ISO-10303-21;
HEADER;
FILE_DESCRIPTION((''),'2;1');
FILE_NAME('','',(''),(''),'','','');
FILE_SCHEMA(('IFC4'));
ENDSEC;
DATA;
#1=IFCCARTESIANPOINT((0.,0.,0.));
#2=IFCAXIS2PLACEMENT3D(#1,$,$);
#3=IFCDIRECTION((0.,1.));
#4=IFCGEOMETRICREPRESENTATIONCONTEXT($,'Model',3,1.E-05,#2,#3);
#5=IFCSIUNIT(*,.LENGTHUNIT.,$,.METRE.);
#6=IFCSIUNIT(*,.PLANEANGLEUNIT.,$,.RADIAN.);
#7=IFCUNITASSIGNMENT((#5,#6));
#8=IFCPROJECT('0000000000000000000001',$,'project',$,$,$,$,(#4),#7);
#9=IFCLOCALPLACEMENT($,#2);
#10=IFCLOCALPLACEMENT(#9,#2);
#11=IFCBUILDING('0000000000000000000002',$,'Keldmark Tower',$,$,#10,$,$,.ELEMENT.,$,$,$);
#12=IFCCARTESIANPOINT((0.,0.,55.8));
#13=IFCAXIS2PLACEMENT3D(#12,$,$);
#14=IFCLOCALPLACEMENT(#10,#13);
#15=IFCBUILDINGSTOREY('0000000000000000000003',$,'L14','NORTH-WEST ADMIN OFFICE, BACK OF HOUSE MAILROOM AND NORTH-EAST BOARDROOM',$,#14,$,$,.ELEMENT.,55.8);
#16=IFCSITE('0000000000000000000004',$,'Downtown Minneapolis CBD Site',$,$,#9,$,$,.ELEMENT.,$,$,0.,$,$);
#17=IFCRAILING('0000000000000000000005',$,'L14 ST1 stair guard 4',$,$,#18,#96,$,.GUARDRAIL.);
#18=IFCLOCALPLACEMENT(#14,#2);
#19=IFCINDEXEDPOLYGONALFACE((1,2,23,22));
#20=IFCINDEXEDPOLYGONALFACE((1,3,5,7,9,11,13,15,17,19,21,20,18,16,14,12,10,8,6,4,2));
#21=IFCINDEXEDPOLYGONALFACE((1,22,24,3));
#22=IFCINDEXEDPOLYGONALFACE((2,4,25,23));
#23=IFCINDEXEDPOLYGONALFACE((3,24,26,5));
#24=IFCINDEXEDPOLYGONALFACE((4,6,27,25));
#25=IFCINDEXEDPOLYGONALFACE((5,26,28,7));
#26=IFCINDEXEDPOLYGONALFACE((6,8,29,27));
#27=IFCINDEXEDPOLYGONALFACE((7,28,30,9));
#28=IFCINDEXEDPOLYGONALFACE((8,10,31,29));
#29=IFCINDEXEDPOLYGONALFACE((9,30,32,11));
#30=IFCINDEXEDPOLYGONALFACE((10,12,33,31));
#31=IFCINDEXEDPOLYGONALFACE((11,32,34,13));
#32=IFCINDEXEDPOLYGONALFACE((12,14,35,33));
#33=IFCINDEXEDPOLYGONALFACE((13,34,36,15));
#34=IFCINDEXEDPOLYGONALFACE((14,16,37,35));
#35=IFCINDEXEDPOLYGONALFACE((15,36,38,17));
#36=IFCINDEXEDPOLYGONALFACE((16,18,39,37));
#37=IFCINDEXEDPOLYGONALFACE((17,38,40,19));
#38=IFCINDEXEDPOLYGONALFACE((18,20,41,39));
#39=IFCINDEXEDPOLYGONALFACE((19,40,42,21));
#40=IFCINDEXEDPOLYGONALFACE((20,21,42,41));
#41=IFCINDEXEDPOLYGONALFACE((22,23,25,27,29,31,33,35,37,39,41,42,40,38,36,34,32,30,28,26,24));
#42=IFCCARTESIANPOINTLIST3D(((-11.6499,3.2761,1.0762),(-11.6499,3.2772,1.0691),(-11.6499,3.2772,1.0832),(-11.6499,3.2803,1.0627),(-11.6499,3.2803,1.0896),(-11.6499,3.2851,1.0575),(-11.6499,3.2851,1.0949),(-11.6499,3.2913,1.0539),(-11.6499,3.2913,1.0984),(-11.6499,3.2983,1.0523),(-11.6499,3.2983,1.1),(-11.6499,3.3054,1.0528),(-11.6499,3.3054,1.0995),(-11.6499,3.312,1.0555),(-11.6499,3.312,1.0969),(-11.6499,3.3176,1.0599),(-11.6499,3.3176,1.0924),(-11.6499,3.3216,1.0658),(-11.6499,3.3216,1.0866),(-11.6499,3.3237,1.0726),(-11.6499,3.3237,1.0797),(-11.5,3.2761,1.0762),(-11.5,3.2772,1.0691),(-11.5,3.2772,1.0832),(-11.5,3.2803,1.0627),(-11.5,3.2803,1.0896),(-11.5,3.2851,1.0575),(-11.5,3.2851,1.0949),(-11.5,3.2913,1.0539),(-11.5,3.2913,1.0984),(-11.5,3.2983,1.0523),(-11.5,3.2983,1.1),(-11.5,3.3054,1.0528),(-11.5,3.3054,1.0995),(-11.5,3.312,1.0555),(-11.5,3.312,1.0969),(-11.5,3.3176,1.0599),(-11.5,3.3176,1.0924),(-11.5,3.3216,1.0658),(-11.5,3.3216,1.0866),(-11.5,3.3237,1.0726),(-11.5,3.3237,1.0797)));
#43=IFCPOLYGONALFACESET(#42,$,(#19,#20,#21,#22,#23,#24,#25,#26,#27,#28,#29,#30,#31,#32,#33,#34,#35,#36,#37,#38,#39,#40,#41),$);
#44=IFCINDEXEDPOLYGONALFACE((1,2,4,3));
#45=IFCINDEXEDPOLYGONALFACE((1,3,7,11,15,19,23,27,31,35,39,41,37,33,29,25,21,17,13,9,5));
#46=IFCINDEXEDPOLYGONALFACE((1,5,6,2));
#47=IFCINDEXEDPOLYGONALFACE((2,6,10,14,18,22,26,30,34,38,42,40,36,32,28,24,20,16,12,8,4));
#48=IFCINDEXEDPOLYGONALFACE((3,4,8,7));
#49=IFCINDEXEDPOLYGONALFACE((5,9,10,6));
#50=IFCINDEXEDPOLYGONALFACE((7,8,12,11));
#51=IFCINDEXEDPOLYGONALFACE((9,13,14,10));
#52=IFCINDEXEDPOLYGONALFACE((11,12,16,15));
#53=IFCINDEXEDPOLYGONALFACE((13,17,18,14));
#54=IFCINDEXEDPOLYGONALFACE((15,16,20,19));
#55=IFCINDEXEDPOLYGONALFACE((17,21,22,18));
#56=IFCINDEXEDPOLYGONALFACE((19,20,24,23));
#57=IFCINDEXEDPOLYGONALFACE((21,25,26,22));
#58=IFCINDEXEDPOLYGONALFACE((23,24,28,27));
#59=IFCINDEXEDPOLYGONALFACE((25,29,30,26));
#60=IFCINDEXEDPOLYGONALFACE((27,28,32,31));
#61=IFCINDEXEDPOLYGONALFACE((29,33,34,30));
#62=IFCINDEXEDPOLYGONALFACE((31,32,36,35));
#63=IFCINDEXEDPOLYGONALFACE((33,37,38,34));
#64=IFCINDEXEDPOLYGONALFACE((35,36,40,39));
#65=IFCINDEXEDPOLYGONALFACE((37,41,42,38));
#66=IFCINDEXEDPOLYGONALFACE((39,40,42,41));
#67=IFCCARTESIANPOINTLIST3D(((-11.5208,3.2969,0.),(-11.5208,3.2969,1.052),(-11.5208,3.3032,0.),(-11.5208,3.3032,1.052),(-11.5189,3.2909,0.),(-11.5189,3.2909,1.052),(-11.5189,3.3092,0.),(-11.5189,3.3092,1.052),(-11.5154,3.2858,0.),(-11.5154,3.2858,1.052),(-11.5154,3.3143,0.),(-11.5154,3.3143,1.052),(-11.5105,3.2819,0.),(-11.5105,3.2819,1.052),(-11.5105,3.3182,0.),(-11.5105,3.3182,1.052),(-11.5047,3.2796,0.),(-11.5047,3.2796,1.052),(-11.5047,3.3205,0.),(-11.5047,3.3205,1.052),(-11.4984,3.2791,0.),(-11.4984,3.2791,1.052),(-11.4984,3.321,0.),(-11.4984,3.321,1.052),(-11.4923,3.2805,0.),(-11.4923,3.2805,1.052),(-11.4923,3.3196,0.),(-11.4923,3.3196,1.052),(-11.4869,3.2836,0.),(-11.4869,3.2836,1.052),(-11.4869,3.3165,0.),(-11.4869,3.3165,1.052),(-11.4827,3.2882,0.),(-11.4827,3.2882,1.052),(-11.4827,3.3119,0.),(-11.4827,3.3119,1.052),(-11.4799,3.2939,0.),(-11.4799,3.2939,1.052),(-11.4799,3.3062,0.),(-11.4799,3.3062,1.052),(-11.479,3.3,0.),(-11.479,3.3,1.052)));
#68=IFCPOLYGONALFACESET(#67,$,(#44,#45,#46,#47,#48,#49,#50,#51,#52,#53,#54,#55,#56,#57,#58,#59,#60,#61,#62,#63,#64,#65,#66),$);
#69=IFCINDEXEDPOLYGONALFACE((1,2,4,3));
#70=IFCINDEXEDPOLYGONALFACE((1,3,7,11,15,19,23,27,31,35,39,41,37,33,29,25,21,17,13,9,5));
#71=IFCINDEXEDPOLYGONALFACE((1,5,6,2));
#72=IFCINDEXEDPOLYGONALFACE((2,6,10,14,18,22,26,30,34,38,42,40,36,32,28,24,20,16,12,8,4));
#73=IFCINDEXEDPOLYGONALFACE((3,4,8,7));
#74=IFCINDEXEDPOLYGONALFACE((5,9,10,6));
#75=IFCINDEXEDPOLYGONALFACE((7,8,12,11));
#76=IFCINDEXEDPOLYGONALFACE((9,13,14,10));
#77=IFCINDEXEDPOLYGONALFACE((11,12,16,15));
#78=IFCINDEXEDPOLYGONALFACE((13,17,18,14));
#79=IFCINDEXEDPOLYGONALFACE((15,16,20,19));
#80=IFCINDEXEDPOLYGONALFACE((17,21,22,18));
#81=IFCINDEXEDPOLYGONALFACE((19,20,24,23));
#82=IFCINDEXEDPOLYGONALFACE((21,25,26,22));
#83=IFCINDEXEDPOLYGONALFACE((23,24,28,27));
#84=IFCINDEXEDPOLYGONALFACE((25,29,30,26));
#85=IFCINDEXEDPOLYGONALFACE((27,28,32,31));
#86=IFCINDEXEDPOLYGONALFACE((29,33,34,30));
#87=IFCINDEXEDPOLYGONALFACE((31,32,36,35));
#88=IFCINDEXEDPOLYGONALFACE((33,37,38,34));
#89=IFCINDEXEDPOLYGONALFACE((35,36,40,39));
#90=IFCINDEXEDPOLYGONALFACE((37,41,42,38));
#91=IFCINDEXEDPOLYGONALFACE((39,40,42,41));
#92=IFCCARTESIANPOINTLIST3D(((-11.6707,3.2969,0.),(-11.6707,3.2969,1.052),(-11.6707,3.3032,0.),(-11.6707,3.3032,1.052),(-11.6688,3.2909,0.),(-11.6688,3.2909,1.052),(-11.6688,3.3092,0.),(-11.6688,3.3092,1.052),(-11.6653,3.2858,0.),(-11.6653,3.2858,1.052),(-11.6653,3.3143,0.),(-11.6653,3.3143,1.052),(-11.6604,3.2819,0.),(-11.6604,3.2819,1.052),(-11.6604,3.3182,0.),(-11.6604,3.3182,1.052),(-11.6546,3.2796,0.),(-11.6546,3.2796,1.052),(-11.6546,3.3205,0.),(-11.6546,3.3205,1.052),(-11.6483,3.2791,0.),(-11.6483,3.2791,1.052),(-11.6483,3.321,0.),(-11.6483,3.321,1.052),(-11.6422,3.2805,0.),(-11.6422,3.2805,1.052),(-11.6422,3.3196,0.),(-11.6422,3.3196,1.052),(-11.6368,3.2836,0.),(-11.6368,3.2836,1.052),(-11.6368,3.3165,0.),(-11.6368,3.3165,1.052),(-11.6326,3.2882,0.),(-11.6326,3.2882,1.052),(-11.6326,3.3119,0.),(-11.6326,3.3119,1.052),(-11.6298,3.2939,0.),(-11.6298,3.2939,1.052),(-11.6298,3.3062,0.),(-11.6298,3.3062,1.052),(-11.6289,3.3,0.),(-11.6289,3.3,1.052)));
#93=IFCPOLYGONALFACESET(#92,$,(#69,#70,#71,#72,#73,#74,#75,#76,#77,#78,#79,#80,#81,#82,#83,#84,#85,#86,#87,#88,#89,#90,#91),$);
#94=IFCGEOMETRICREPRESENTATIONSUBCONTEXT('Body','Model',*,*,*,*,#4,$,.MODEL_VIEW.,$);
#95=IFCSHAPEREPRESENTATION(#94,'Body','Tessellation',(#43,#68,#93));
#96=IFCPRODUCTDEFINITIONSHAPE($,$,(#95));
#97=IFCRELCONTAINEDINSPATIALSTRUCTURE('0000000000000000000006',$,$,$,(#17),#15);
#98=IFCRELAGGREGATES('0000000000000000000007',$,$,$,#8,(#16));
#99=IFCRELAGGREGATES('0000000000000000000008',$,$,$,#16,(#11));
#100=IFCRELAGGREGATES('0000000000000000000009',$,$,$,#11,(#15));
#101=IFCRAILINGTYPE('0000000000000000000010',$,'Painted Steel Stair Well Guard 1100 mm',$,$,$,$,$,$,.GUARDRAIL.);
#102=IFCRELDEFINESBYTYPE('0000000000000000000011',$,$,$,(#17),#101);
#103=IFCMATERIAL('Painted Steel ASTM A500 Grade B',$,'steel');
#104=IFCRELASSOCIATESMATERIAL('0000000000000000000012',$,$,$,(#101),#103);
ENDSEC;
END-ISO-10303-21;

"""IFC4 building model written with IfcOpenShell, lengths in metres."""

from ifc_helpers import new_model, si_unit, direction, frame, origin, origin_2d, place, context, subcontext, project, spatial, circle, extrude, material, type_object, element, save


model = new_model("IFC4")

# Units and contexts
model_context = context("Model", 3, precision=1e-05, world=origin(), true_north=direction((0.0, 1.0)))
body_context = subcontext(model_context, "Body", "Model", "MODEL_VIEW")
ifc_project = project(units=[si_unit("LENGTHUNIT", "METRE"), si_unit("PLANEANGLEUNIT", "RADIAN")], contexts=[model_context])

# Site, building, storey
site_placement = place(None, origin())
site = spatial("IfcSite", under=ifc_project, at=site_placement, Name="Downtown Minneapolis CBD Site", CompositionType="ELEMENT", RefElevation=0.0)
building_placement = place(site_placement, origin())
building = spatial("IfcBuilding", under=site, at=building_placement, Name="Keldmark Tower", CompositionType="ELEMENT")
storey_placement = place(building_placement, frame((0.0, 0.0, 55.8)))
storey = spatial("IfcBuildingStorey", under=building, at=storey_placement, Name="L14", Description="NORTH-WEST ADMIN OFFICE, BACK OF HOUSE MAILROOM AND NORTH-EAST BOARDROOM", CompositionType="ELEMENT", Elevation=55.8)

# Railing
ifc_material_1 = material(Name="Painted Steel ASTM A500 Grade B", Category="steel")
railing_type_1 = type_object("IfcRailingType", Name="Painted Steel Stair Well Guard 1100 mm", PredefinedType="GUARDRAIL", material=ifc_material_1)
railing_1_placement = place(storey_placement, frame((-11.5, 3.3, 0.0)))
element("IfcRailing", 1, at=railing_1_placement, inside=storey, type_object=railing_type_1, Name="L14 ST1 stair guard 4", PredefinedType="GUARDRAIL", context=body_context, shape_type="SweptSolid", body=[
    extrude(circle(Radius=0.0239, at=origin_2d()), frame((0.0, 0.0, 1.0762), z_axis=(-1.0, 0.0, 0.0), x_axis=(0.0, -1.0, 0.0)), (0.0, 0.0, 1.0), 0.1499),
    extrude(circle(Radius=0.021, at=origin_2d()), origin(), (0.0, 0.0, 1.0), 1.052),
    extrude(circle(Radius=0.021, at=origin_2d()), frame((-0.1499, 0.0, 0.0)), (0.0, 0.0, 1.0), 1.052),
])

save(model, "model.ifc")
